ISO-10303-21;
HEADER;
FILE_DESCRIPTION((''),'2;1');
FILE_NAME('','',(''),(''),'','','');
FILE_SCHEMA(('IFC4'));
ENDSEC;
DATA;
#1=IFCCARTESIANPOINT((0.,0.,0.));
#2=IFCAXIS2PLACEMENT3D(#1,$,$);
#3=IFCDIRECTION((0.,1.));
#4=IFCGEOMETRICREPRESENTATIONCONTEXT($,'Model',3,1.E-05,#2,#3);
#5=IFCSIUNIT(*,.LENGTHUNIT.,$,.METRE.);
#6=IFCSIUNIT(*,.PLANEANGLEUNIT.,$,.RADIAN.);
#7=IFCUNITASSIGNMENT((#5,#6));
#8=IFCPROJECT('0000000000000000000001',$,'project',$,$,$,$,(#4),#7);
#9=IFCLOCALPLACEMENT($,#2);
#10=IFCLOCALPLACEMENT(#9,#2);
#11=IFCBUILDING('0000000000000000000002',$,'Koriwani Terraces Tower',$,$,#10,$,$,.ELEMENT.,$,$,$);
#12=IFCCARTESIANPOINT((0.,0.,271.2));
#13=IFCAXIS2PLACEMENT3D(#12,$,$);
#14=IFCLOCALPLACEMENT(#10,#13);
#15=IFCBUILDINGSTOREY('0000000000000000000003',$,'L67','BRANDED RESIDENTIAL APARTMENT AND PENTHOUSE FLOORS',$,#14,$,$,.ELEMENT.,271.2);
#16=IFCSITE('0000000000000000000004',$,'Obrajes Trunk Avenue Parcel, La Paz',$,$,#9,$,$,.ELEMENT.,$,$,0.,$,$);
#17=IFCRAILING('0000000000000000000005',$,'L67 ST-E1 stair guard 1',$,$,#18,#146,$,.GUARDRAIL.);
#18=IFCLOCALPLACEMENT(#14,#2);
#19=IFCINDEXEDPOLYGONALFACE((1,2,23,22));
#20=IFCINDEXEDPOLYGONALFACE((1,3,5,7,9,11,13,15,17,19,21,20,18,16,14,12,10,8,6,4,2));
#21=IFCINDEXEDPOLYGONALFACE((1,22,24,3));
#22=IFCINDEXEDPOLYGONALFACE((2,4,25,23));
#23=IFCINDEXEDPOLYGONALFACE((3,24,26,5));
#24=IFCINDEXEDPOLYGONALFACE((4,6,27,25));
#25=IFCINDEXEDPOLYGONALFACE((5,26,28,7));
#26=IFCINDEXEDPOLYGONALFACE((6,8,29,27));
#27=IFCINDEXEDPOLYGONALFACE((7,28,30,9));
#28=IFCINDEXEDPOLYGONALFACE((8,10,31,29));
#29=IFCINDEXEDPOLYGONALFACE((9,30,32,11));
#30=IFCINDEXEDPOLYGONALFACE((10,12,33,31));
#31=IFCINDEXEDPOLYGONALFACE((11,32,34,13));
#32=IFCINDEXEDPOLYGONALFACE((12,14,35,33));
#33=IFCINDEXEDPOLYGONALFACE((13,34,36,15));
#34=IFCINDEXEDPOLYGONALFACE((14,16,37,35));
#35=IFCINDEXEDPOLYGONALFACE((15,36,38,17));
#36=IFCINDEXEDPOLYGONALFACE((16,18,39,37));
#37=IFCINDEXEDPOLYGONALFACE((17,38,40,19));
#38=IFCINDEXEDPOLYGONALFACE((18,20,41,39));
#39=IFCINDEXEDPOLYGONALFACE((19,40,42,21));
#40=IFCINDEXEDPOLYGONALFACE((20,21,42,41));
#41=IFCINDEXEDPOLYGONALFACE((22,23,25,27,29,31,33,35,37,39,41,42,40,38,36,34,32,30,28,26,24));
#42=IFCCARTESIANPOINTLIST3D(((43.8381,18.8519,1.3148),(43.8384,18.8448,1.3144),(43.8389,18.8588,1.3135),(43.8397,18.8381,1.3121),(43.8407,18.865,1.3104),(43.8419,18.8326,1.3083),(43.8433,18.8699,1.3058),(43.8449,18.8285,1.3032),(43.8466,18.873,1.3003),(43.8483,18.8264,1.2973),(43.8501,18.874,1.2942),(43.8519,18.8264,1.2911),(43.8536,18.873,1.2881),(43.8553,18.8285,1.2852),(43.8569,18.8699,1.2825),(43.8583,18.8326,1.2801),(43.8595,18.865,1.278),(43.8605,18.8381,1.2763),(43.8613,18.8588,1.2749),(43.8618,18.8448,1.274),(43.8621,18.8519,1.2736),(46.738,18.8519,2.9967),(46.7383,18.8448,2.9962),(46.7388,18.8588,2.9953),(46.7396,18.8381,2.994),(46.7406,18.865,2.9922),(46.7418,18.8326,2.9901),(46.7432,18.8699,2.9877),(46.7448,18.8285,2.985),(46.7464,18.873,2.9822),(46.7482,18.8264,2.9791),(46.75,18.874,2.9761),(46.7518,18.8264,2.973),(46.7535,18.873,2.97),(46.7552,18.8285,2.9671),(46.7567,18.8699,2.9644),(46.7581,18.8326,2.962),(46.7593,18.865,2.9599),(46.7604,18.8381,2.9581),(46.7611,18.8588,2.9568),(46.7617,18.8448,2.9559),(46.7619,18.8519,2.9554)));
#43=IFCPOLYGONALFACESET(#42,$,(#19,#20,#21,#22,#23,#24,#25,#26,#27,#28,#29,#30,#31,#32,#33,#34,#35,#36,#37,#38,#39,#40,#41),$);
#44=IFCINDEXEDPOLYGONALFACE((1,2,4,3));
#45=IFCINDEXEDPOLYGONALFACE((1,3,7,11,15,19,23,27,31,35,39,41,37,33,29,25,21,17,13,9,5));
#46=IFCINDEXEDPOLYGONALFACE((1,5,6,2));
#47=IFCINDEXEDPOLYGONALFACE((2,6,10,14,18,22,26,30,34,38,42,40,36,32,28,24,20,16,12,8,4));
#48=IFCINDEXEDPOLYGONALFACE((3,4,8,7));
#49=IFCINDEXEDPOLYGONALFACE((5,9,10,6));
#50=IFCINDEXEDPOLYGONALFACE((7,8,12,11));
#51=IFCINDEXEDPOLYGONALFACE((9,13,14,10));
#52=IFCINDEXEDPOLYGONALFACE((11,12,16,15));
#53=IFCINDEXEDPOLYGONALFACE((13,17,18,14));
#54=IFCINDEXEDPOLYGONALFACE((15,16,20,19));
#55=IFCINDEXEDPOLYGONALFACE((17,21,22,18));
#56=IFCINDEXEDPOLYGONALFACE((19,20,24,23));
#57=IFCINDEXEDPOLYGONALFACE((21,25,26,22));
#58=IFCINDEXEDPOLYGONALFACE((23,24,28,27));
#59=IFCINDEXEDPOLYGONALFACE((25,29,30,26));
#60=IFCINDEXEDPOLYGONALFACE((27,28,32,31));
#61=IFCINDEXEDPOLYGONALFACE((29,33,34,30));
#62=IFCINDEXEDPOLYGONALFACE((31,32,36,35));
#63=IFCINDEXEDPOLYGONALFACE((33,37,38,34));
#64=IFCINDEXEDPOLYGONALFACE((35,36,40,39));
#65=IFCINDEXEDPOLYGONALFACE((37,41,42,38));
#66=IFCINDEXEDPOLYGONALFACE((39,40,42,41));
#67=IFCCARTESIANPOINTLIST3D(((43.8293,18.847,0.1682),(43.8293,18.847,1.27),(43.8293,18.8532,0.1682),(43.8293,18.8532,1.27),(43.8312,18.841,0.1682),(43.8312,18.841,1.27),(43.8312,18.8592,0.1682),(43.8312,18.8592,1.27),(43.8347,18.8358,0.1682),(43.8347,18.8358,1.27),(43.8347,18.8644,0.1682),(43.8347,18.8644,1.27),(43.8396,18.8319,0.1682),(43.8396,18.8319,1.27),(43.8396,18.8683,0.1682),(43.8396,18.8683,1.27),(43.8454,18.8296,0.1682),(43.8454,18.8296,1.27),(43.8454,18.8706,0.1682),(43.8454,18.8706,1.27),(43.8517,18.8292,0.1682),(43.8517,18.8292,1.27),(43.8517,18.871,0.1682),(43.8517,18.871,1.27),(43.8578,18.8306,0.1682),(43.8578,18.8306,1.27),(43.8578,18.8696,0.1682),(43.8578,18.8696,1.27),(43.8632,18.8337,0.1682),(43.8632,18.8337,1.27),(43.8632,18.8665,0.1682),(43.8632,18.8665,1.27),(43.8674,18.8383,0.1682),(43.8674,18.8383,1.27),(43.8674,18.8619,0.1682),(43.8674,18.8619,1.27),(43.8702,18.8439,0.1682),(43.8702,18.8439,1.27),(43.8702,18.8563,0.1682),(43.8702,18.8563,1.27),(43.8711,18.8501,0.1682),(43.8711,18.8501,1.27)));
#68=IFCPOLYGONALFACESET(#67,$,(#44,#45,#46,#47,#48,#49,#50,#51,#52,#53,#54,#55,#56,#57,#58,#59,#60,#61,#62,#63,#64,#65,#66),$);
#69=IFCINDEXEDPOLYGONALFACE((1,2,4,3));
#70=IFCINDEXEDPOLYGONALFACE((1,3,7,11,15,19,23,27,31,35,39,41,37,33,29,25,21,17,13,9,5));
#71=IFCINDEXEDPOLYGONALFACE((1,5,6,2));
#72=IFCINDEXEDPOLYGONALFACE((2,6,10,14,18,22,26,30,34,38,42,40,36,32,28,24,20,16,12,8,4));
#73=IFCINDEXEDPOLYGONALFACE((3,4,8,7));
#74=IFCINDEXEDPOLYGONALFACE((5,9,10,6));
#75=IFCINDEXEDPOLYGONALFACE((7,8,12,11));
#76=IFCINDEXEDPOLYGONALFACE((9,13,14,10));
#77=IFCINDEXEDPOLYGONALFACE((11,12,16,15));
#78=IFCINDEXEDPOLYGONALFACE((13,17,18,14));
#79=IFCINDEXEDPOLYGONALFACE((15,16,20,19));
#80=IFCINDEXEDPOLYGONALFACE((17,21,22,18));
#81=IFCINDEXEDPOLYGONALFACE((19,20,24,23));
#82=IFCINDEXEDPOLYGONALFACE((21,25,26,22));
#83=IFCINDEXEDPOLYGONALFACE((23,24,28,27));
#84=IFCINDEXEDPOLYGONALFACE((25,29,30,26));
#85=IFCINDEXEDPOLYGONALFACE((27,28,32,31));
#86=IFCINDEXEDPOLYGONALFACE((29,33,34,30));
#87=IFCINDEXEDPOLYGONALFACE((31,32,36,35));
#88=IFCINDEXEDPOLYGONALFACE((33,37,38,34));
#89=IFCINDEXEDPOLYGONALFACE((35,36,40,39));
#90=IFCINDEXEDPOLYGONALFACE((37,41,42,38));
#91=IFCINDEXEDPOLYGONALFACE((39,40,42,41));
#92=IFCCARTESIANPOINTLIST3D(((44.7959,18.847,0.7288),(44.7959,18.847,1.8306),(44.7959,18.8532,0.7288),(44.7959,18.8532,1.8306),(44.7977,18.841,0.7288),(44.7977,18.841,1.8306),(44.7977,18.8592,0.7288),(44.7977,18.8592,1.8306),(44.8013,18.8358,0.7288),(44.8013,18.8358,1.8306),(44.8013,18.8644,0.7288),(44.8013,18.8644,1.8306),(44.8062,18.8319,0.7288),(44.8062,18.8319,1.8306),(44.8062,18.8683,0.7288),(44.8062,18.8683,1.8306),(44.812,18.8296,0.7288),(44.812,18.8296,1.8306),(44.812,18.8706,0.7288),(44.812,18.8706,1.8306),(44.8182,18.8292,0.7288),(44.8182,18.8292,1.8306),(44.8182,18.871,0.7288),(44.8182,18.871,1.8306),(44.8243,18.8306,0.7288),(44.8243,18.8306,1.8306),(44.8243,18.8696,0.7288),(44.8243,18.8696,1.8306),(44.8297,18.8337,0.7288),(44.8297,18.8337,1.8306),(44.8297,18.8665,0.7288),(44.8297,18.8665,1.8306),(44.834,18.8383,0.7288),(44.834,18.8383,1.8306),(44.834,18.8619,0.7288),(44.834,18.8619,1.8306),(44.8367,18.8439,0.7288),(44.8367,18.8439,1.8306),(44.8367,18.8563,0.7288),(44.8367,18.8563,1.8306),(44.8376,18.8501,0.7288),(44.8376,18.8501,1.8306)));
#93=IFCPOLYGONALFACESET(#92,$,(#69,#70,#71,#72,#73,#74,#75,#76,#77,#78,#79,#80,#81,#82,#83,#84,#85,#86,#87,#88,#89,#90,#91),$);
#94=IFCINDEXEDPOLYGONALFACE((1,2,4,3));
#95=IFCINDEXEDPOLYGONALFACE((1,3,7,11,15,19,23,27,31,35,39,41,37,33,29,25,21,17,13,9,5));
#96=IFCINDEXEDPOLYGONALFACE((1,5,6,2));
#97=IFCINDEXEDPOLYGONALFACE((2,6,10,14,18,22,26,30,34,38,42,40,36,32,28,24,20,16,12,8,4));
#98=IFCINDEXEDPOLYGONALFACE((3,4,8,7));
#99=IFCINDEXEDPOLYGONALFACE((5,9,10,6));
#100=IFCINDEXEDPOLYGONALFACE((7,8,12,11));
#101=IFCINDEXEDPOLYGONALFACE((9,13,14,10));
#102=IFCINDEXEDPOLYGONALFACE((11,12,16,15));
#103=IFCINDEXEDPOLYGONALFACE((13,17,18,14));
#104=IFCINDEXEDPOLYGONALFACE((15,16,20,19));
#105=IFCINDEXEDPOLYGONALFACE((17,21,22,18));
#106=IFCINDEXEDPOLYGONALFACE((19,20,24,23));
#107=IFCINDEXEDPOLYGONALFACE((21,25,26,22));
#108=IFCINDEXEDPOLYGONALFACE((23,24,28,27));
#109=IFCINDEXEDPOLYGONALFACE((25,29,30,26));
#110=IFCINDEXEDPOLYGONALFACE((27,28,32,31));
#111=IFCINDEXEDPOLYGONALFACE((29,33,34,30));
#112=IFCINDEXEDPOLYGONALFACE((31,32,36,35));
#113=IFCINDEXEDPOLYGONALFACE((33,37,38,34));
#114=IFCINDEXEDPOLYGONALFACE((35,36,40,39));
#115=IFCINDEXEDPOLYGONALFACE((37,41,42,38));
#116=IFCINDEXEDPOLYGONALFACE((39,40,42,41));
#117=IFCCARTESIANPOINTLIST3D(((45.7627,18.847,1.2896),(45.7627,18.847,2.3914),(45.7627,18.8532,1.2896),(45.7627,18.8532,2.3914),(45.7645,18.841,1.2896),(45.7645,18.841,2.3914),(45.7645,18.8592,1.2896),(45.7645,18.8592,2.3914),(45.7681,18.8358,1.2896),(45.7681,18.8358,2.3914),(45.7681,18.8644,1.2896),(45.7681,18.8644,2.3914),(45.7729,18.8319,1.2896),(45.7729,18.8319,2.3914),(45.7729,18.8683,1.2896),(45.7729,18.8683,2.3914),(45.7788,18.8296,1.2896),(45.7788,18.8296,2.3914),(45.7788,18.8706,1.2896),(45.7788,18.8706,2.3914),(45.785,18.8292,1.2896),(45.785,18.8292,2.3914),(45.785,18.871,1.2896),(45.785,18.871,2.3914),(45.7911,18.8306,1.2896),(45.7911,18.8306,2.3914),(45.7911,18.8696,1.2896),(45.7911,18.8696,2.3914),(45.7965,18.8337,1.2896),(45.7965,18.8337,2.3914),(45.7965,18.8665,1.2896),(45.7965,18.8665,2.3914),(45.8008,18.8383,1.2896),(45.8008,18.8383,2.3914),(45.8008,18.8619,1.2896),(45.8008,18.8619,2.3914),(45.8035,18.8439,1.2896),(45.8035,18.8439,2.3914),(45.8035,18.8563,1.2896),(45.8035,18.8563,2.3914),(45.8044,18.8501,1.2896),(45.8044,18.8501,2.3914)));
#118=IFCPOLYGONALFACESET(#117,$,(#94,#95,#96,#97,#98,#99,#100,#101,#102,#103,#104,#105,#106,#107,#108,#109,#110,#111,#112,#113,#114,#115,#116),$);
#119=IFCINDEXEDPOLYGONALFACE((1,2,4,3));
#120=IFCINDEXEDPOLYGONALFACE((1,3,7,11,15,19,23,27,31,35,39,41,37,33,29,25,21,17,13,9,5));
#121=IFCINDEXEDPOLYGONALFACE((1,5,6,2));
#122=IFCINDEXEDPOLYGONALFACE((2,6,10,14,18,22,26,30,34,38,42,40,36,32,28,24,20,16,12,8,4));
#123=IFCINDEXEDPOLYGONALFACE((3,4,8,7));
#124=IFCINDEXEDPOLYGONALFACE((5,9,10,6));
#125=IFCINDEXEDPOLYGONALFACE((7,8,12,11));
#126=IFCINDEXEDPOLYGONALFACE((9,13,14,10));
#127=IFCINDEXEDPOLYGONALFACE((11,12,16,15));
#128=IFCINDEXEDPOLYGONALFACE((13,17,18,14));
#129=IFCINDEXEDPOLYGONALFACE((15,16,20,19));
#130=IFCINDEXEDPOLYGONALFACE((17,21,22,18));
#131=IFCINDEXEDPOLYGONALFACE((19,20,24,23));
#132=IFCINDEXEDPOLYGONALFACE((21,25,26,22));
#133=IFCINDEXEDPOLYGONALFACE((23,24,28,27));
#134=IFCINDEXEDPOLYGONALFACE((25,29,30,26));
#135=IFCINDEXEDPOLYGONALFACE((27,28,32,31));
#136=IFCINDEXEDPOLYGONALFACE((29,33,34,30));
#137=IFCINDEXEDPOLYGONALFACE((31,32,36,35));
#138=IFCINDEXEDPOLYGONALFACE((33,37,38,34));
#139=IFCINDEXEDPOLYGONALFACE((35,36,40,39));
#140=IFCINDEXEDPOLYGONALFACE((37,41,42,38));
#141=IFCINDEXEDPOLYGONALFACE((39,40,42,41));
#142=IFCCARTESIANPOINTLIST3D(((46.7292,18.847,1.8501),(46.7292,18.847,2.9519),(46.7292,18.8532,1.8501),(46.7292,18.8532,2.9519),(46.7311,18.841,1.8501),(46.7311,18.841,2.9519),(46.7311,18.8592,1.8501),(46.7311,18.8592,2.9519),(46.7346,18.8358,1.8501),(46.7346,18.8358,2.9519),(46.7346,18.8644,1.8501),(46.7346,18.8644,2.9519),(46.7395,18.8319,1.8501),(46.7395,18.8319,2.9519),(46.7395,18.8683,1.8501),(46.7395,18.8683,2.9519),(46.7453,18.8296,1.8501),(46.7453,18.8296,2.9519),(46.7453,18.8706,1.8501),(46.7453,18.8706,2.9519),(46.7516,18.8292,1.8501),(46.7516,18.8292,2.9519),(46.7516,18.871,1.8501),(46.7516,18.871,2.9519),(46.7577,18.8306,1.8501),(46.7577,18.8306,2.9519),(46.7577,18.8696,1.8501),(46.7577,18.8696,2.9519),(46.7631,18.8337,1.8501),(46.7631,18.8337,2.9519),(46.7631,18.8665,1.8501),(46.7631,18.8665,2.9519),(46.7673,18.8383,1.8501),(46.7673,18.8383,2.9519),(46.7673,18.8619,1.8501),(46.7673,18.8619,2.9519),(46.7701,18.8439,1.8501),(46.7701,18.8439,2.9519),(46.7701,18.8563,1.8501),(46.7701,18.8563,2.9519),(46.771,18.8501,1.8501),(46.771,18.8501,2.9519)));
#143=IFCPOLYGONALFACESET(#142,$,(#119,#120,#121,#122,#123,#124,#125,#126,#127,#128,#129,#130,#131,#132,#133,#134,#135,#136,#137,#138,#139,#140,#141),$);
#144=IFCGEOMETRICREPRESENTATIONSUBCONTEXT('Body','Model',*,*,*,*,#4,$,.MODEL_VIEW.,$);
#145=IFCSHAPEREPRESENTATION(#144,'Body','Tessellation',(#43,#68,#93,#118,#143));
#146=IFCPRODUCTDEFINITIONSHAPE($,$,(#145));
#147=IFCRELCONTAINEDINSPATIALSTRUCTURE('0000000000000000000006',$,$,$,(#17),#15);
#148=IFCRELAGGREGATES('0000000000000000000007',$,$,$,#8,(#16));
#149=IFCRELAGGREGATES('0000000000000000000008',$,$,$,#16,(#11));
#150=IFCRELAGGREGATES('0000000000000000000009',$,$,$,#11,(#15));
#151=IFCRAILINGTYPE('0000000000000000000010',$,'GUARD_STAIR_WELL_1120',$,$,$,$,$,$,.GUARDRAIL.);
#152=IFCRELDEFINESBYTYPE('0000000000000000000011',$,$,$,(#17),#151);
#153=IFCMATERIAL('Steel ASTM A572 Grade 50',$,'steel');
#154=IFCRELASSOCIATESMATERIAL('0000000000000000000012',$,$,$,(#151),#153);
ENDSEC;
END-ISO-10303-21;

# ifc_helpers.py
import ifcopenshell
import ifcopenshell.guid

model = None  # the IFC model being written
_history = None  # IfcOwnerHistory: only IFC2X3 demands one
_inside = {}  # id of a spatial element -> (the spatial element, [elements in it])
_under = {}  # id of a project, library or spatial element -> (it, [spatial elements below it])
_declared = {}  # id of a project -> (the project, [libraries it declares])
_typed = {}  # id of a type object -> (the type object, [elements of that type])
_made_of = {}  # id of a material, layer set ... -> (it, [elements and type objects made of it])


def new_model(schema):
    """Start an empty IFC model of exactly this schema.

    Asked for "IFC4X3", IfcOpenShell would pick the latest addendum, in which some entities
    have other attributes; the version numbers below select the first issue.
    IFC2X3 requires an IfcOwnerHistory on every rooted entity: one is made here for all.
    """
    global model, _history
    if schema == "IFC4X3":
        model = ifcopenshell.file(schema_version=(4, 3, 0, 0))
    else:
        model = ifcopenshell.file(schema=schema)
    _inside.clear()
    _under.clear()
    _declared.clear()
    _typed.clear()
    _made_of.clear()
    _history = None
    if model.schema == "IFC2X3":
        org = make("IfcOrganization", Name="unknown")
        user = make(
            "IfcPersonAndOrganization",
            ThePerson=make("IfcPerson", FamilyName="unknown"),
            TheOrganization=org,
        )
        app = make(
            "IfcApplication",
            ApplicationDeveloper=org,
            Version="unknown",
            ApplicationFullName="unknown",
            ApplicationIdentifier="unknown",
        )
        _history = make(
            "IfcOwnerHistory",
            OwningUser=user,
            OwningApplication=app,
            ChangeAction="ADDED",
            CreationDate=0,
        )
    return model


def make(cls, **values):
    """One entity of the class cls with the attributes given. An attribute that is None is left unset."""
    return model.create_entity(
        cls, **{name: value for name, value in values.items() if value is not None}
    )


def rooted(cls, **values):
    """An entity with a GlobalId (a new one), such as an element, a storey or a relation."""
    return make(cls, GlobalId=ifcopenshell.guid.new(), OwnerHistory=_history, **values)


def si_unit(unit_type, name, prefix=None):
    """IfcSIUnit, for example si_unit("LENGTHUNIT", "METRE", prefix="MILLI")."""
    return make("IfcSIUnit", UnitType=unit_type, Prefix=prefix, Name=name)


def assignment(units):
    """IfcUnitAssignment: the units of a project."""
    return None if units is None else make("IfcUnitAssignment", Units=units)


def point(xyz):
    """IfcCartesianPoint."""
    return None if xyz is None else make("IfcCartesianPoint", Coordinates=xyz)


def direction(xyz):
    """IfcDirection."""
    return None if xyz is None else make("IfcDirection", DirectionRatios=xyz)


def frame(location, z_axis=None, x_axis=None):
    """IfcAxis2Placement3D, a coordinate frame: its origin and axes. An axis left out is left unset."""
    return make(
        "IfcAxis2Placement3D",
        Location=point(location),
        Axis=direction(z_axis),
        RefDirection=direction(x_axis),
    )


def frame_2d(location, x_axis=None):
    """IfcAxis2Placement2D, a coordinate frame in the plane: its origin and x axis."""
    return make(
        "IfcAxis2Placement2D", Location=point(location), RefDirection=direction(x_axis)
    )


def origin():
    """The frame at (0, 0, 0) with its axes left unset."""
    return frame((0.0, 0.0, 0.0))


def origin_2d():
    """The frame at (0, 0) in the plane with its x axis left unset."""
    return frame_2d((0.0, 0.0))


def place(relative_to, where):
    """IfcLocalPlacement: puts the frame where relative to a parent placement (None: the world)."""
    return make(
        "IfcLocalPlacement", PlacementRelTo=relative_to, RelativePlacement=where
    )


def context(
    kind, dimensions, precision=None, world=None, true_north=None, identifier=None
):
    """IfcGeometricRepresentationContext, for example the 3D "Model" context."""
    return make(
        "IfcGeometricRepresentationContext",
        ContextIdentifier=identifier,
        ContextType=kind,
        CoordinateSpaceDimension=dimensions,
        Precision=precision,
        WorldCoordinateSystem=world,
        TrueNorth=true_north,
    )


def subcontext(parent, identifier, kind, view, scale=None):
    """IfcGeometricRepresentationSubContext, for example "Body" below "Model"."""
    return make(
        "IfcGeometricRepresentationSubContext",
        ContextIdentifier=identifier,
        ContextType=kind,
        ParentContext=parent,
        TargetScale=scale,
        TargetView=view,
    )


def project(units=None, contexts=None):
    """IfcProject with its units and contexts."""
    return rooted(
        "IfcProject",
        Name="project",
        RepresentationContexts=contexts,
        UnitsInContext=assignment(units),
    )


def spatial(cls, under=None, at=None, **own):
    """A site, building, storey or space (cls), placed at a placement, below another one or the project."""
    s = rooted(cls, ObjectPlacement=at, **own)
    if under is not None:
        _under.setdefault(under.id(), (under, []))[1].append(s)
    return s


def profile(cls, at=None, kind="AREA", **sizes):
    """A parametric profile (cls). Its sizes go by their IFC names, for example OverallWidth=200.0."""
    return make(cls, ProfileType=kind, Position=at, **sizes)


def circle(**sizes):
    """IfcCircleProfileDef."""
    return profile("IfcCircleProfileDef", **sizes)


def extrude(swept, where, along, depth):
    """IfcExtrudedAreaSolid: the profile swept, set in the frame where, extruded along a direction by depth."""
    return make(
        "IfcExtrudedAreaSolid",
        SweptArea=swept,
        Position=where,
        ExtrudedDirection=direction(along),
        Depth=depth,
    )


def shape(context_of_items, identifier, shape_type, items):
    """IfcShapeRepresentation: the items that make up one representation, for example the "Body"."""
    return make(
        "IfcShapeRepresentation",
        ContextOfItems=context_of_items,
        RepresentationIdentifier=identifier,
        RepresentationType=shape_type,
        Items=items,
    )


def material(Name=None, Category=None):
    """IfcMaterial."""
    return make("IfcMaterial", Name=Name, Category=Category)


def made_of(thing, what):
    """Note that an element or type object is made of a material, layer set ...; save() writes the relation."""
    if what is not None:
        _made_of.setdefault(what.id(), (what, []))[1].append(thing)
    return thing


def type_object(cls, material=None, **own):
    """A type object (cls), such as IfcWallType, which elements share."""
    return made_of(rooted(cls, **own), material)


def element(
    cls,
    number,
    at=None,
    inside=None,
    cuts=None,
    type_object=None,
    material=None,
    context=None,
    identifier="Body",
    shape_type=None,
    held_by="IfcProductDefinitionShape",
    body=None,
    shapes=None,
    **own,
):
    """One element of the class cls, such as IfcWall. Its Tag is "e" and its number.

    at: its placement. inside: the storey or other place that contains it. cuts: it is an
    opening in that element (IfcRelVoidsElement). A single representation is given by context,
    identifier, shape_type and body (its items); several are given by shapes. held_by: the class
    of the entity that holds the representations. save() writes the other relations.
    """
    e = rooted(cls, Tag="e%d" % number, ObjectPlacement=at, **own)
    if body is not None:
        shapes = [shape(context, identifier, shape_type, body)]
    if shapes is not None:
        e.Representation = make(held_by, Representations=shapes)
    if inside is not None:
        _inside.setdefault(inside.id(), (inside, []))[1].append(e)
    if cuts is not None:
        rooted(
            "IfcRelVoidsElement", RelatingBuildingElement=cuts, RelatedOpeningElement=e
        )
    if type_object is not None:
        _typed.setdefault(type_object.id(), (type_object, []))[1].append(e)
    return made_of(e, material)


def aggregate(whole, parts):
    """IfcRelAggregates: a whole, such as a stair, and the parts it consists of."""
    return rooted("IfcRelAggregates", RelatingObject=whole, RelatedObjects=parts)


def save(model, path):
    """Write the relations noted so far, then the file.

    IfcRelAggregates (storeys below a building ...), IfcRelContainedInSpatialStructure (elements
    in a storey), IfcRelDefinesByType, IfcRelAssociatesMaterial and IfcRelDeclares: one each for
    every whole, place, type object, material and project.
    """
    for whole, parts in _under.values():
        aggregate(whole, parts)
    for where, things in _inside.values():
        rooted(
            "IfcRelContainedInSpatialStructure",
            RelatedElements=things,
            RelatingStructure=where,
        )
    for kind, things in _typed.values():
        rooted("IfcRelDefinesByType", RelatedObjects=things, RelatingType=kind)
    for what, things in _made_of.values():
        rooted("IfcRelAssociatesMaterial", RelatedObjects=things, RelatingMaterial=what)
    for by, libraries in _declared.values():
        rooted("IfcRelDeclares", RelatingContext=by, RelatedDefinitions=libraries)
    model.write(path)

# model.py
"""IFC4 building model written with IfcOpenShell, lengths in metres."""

from ifc_helpers import new_model, si_unit, direction, frame, origin, origin_2d, place, context, subcontext, project, spatial, circle, extrude, material, type_object, element, save


model = new_model("IFC4")

# Units and contexts
model_context = context("Model", 3, precision=1e-05, world=origin(), true_north=direction((0.0, 1.0)))
body_context = subcontext(model_context, "Body", "Model", "MODEL_VIEW")
ifc_project = project(units=[si_unit("LENGTHUNIT", "METRE"), si_unit("PLANEANGLEUNIT", "RADIAN")], contexts=[model_context])

# Site, building, storey
site_placement = place(None, origin())
site = spatial("IfcSite", under=ifc_project, at=site_placement, Name="Obrajes Trunk Avenue Parcel, La Paz", CompositionType="ELEMENT", RefElevation=0.0)
building_placement = place(site_placement, origin())
building = spatial("IfcBuilding", under=site, at=building_placement, Name="Koriwani Terraces Tower", CompositionType="ELEMENT")
storey_placement = place(building_placement, frame((0.0, 0.0, 271.2)))
storey = spatial("IfcBuildingStorey", under=building, at=storey_placement, Name="L67", Description="BRANDED RESIDENTIAL APARTMENT AND PENTHOUSE FLOORS", CompositionType="ELEMENT", Elevation=271.2)

# Shared definitions
ifc_material_1 = material(Name="Steel ASTM A572 Grade 50", Category="steel")

# Railing
railing_type_1 = type_object("IfcRailingType", Name="GUARD_STAIR_WELL_1120", PredefinedType="GUARDRAIL", material=ifc_material_1)
railing_1_placement = place(storey_placement, frame((43.8501, 18.8501, 0.1682)))
element("IfcRailing", 1, at=railing_1_placement, inside=storey, type_object=railing_type_1, Name="L67 ST-E1 stair guard 1", PredefinedType="GUARDRAIL", context=body_context, shape_type="SweptSolid", body=[
    extrude(circle(Radius=0.0239, at=origin_2d()), frame((0.0, 0.0, 1.126), z_axis=(0.865039, 0.0, 0.501705), x_axis=(0.0, 1.0, 0.0)), (0.0, 0.0, 1.0), 3.3523),
    extrude(circle(Radius=0.021, at=origin_2d()), origin(), (0.0, 0.0, 1.0), 1.1018),
    extrude(circle(Radius=0.021, at=origin_2d()), frame((0.9666, 0.0, 0.5605)), (0.0, 0.0, 1.0), 1.1018),
    extrude(circle(Radius=0.021, at=origin_2d()), frame((1.9333, 0.0, 1.1213)), (0.0, 0.0, 1.0), 1.1018),
    extrude(circle(Radius=0.021, at=origin_2d()), frame((2.8999, 0.0, 1.6819)), (0.0, 0.0, 1.0), 1.1018),
])

save(model, "model.ifc")
